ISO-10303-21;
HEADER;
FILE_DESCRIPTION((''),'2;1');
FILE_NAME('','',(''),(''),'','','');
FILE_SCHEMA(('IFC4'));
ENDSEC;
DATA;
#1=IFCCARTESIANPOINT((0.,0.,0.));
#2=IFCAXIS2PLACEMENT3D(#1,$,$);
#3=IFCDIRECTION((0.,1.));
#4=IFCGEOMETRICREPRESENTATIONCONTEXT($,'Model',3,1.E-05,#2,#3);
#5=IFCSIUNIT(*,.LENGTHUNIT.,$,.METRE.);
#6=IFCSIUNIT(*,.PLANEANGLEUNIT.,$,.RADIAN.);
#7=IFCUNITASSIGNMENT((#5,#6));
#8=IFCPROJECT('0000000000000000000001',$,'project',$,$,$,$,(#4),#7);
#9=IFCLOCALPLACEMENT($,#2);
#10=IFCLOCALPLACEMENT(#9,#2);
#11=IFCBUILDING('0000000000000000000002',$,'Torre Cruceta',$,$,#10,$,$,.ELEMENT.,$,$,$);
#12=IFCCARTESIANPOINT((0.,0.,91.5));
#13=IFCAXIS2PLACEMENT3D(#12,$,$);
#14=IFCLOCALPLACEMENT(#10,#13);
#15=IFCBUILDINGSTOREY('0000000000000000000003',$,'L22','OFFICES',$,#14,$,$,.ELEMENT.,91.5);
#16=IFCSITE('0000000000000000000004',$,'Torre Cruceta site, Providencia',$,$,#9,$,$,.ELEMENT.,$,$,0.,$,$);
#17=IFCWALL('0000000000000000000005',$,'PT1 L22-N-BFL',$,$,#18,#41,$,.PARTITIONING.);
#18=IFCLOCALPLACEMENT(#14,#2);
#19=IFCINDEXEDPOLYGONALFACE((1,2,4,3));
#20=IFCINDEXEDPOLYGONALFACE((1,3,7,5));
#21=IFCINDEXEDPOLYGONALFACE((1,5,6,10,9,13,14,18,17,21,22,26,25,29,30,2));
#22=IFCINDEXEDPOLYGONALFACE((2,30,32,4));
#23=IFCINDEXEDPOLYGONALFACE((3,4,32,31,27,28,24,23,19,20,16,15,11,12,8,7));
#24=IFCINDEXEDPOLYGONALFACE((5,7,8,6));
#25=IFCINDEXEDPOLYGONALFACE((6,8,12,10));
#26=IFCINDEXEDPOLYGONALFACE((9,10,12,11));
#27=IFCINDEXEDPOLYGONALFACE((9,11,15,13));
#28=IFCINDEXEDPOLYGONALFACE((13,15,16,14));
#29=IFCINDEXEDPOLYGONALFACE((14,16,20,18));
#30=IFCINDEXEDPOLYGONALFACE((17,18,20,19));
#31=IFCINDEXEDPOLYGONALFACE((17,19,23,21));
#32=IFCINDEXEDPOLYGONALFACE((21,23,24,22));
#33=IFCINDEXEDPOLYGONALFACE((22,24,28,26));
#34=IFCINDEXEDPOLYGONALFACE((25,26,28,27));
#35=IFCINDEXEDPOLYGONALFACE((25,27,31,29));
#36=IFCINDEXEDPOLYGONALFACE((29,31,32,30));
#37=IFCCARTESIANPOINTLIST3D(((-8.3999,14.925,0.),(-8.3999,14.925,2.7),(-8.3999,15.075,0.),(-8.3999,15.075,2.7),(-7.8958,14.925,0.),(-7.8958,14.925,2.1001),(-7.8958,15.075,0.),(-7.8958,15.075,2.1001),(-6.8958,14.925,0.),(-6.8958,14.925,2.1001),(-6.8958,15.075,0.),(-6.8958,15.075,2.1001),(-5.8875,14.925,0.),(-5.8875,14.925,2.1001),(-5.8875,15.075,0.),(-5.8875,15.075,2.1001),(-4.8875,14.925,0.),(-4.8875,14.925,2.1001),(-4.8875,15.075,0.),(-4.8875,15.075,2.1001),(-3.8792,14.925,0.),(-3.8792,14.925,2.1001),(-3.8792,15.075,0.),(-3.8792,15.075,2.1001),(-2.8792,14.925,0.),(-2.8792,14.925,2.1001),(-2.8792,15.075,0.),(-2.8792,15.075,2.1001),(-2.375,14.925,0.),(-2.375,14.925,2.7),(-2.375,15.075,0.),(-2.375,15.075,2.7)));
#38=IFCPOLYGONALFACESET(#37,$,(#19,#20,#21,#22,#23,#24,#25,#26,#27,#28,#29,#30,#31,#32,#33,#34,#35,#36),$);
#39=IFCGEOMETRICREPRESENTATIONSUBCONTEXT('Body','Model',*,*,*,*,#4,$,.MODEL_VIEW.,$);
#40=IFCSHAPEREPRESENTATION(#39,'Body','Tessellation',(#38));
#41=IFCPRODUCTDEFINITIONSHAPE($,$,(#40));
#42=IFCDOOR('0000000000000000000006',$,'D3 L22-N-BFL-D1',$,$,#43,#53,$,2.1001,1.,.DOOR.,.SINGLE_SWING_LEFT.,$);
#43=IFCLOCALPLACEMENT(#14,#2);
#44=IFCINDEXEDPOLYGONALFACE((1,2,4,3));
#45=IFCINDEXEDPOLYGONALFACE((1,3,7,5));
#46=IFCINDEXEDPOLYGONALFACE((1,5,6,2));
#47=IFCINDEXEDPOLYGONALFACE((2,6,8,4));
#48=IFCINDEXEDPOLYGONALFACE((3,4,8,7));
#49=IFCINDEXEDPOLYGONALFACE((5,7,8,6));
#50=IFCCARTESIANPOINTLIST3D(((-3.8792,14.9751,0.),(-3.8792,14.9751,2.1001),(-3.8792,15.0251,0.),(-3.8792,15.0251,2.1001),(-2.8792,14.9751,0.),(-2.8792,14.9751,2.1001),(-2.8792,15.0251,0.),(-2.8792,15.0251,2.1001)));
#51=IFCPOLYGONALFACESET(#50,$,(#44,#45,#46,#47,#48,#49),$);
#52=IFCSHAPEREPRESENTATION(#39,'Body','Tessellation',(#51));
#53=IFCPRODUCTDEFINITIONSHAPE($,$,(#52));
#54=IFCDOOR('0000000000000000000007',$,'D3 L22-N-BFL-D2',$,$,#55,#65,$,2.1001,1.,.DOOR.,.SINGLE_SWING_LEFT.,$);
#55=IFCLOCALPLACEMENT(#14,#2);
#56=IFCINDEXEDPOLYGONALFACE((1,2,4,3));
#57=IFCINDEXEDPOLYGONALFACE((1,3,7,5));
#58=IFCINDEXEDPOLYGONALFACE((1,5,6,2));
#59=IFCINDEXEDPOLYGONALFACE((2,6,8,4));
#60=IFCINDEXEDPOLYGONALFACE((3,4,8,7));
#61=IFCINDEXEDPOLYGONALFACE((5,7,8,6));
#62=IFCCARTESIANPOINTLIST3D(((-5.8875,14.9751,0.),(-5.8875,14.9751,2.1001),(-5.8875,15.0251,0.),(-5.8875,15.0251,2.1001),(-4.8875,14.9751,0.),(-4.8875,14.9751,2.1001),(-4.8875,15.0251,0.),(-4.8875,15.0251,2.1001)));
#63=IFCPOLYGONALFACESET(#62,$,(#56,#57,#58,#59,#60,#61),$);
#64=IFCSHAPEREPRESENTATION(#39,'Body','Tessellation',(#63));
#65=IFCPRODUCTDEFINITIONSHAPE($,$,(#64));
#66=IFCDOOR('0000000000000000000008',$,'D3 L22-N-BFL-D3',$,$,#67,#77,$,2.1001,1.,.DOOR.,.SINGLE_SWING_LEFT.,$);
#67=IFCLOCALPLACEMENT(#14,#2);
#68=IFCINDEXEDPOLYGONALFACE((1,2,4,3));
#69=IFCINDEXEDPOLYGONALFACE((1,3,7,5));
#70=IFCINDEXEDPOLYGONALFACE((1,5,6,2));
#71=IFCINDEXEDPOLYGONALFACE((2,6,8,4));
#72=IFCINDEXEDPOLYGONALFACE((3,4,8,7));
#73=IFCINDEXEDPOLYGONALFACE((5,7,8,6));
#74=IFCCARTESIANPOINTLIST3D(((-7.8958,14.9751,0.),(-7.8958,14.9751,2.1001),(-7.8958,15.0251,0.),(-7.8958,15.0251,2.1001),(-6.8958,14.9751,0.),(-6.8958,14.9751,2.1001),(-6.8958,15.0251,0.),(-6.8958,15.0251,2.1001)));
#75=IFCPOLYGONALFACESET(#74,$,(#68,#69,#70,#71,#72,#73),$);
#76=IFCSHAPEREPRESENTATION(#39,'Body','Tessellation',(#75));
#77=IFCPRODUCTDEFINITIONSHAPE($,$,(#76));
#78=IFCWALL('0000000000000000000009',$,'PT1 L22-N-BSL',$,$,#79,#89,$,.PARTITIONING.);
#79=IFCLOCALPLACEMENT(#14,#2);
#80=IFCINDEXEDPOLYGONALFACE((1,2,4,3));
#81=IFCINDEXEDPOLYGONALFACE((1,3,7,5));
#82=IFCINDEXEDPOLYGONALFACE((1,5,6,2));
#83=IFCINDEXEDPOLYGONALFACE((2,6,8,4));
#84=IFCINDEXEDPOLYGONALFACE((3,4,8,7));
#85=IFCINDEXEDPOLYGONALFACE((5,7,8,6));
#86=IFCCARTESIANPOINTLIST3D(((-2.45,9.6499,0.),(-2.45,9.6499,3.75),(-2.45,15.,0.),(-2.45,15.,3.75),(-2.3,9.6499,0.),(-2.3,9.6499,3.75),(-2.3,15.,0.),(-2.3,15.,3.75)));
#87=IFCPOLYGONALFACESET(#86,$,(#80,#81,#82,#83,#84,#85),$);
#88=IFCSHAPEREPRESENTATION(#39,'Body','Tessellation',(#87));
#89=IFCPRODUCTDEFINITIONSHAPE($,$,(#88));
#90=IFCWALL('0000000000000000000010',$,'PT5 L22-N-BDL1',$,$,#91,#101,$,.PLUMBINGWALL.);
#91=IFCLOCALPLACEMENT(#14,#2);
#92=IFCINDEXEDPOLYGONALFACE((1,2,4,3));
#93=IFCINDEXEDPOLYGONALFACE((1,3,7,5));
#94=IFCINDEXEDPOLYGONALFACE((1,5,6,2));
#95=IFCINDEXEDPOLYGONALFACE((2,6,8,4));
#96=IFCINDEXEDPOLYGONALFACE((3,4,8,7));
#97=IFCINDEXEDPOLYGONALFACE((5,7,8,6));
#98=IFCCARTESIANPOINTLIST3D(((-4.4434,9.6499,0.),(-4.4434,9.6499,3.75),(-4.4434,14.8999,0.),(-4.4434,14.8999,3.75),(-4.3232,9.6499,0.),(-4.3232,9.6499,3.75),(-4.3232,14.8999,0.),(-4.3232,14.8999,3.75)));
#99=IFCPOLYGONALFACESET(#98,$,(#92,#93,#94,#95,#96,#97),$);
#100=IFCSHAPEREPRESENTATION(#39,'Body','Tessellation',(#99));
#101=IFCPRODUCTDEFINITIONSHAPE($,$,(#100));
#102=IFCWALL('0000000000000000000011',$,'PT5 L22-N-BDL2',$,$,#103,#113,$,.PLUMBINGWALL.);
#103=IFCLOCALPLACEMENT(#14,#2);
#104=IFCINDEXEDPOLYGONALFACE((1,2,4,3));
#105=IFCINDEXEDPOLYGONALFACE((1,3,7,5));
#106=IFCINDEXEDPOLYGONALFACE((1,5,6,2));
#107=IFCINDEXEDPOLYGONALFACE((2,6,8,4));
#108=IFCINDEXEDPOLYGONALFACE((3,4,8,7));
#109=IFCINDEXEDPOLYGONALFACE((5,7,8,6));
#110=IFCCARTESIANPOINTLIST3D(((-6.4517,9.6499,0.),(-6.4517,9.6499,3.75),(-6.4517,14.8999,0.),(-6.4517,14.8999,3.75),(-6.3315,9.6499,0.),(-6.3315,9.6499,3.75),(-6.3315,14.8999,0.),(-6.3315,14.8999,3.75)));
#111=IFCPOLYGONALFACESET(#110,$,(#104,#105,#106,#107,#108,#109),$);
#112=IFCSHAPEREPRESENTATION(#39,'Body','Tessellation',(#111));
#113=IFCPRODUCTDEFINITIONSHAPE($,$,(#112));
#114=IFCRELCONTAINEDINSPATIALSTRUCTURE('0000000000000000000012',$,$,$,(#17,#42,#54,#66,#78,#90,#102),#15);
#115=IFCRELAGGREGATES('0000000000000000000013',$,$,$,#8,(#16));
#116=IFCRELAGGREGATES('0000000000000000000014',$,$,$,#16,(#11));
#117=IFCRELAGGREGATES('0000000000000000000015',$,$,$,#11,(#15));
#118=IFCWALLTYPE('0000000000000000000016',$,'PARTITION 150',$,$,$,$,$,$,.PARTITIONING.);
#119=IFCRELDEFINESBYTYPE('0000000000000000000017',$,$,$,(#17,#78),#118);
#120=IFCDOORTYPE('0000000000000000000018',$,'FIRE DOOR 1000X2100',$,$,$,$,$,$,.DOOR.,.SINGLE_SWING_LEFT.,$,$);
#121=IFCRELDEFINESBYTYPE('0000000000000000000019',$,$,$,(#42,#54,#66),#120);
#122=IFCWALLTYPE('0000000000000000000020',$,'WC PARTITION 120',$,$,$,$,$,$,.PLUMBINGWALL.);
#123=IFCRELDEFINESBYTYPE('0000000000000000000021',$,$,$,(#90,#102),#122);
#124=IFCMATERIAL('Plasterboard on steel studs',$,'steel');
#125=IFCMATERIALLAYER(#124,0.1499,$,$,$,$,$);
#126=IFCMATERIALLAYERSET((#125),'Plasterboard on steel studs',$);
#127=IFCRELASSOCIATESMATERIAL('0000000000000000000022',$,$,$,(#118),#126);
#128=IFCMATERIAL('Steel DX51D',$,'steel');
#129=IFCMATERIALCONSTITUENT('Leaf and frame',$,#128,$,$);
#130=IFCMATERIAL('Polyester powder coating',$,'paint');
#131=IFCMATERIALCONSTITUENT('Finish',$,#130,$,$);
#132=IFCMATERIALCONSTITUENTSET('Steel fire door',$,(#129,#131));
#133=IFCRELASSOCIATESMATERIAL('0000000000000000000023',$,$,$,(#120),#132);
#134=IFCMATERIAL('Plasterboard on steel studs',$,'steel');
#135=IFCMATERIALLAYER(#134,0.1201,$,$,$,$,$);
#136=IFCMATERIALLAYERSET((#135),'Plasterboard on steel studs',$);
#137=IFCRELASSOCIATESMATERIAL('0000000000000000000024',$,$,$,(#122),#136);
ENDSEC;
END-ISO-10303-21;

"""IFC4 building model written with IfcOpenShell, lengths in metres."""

from ifc_helpers import new_model, si_unit, direction, frame, frame_2d, origin, place, context, subcontext, project, spatial, rectangle, extrude, material, layer, layer_set, constituent, constituent_set, type_object, element, fill, save


model = new_model("IFC4")

# Units and contexts
model_context = context("Model", 3, precision=1e-05, world=origin(), true_north=direction((0.0, 1.0)))
body_context = subcontext(model_context, "Body", "Model", "MODEL_VIEW")
ifc_project = project(units=[si_unit("LENGTHUNIT", "METRE"), si_unit("PLANEANGLEUNIT", "RADIAN")], contexts=[model_context])

# Site, building, storey
site_placement = place(None, origin())
site = spatial("IfcSite", under=ifc_project, at=site_placement, Name="Torre Cruceta site, Providencia", CompositionType="ELEMENT", RefElevation=0.0)
building_placement = place(site_placement, origin())
building = spatial("IfcBuilding", under=site, at=building_placement, Name="Torre Cruceta", CompositionType="ELEMENT")
storey_placement = place(building_placement, frame((0.0, 0.0, 91.5)))
storey = spatial("IfcBuildingStorey", under=building, at=storey_placement, Name="L22", Description="OFFICES", CompositionType="ELEMENT", Elevation=91.5)

# Wall, openings, doors
ifc_material_1 = material(Name="Plasterboard on steel studs", Category="steel")
ifc_layer_1 = layer(ifc_material_1, 0.1499)
ifc_layer_set_1 = layer_set([ifc_layer_1], Name="Plasterboard on steel studs")
wall_type_1 = type_object("IfcWallType", Name="PARTITION 150", PredefinedType="PARTITIONING", material=ifc_layer_set_1)
wall_1_placement = place(storey_placement, frame((-2.375, 15.0, 0.0), z_axis=(0.0, 0.0, 1.0), x_axis=(-1.0, 0.0, 0.0)))
wall_1 = element("IfcWall", 1, at=wall_1_placement, inside=storey, type_object=wall_type_1, Name="PT1 L22-N-BFL", PredefinedType="PARTITIONING", context=body_context, shape_type="SweptSolid", body=[
    extrude(rectangle(XDim=6.0249, YDim=0.1499, at=frame_2d((3.0125, 0.0))), origin(), (0.0, 0.0, 1.0), 2.7),
])
opening_1_placement = place(wall_1_placement, frame((0.5042, 0.0, 0.0)))
opening_1 = element("IfcOpeningElement", 2, at=opening_1_placement, cuts=wall_1, PredefinedType="OPENING", context=body_context, shape_type="SweptSolid", body=[
    extrude(rectangle(XDim=1.0, YDim=2.1001, at=frame_2d((0.5, 1.05))), frame((0.0, 0.085, 0.0), z_axis=(0.0, -1.0, 0.0), x_axis=(1.0, 0.0, 0.0)), (0.0, 0.0, 1.0), 0.1699),
])
opening_2_placement = place(wall_1_placement, frame((2.5125, 0.0, 0.0)))
opening_2 = element("IfcOpeningElement", 3, at=opening_2_placement, cuts=wall_1, PredefinedType="OPENING", context=body_context, shape_type="SweptSolid", body=[
    extrude(rectangle(XDim=1.0, YDim=2.1001, at=frame_2d((0.5, 1.05))), frame((0.0, 0.085, 0.0), z_axis=(0.0, -1.0, 0.0), x_axis=(1.0, 0.0, 0.0)), (0.0, 0.0, 1.0), 0.1699),
])
opening_3_placement = place(wall_1_placement, frame((4.5208, 0.0, 0.0)))
opening_3 = element("IfcOpeningElement", 4, at=opening_3_placement, cuts=wall_1, PredefinedType="OPENING", context=body_context, shape_type="SweptSolid", body=[
    extrude(rectangle(XDim=1.0, YDim=2.1001, at=frame_2d((0.5, 1.05))), frame((0.0, 0.085, 0.0), z_axis=(0.0, -1.0, 0.0), x_axis=(1.0, 0.0, 0.0)), (0.0, 0.0, 1.0), 0.1699),
])
ifc_material_2 = material(Name="Steel DX51D", Category="steel")
ifc_constituent_1 = constituent(ifc_material_2, Name="Leaf and frame")
ifc_material_3 = material(Name="Polyester powder coating", Category="paint")
ifc_constituent_2 = constituent(ifc_material_3, Name="Finish")
ifc_constituent_set_1 = constituent_set(constituents=[ifc_constituent_1, ifc_constituent_2], Name="Steel fire door")
door_type = type_object("IfcDoorType", Name="FIRE DOOR 1000X2100", OperationType="SINGLE_SWING_LEFT", PredefinedType="DOOR", material=ifc_constituent_set_1)
door_1_placement = place(opening_1_placement, origin())
door_1 = element("IfcDoor", 5, at=door_1_placement, inside=storey, type_object=door_type, Name="D3 L22-N-BFL-D1", OperationType="SINGLE_SWING_LEFT", OverallHeight=2.1001, OverallWidth=1.0, PredefinedType="DOOR", context=body_context, shape_type="SweptSolid", body=[
    extrude(rectangle(XDim=1.0, YDim=2.1001, at=frame_2d((0.5, 1.05))), frame((0.0, 0.0249, 0.0), z_axis=(0.0, -1.0, 0.0), x_axis=(1.0, 0.0, 0.0)), (0.0, 0.0, 1.0), 0.05),
])
fill(opening_1, door_1)
door_2_placement = place(opening_2_placement, origin())
door_2 = element("IfcDoor", 6, at=door_2_placement, inside=storey, type_object=door_type, Name="D3 L22-N-BFL-D2", OperationType="SINGLE_SWING_LEFT", OverallHeight=2.1001, OverallWidth=1.0, PredefinedType="DOOR", context=body_context, shape_type="SweptSolid", body=[
    extrude(rectangle(XDim=1.0, YDim=2.1001, at=frame_2d((0.5, 1.05))), frame((0.0, 0.0249, 0.0), z_axis=(0.0, -1.0, 0.0), x_axis=(1.0, 0.0, 0.0)), (0.0, 0.0, 1.0), 0.05),
])
fill(opening_2, door_2)
door_3_placement = place(opening_3_placement, origin())
door_3 = element("IfcDoor", 7, at=door_3_placement, inside=storey, type_object=door_type, Name="D3 L22-N-BFL-D3", OperationType="SINGLE_SWING_LEFT", OverallHeight=2.1001, OverallWidth=1.0, PredefinedType="DOOR", context=body_context, shape_type="SweptSolid", body=[
    extrude(rectangle(XDim=1.0, YDim=2.1001, at=frame_2d((0.5, 1.05))), frame((0.0, 0.0249, 0.0), z_axis=(0.0, -1.0, 0.0), x_axis=(1.0, 0.0, 0.0)), (0.0, 0.0, 1.0), 0.05),
])
fill(opening_3, door_3)

# Walls
wall_2_placement = place(storey_placement, frame((-2.375, 9.6499, 0.0), z_axis=(0.0, 0.0, 1.0), x_axis=(0.0, 1.0, 0.0)))
element("IfcWall", 8, at=wall_2_placement, inside=storey, type_object=wall_type_1, Name="PT1 L22-N-BSL", PredefinedType="PARTITIONING", context=body_context, shape_type="SweptSolid", body=[
    extrude(rectangle(XDim=5.3501, YDim=0.1499, at=frame_2d((2.675, 0.0))), origin(), (0.0, 0.0, 1.0), 3.75),
])
ifc_material_4 = material(Name="Plasterboard on steel studs", Category="steel")
ifc_layer_2 = layer(ifc_material_4, 0.1201)
ifc_layer_set_2 = layer_set([ifc_layer_2], Name="Plasterboard on steel studs")
wall_type_2 = type_object("IfcWallType", Name="WC PARTITION 120", PredefinedType="PLUMBINGWALL", material=ifc_layer_set_2)
for number, where, z_axis, x_axis, name in (
    (9, (-4.3833, 9.6499, 0.0), (0.0, 0.0, 1.0), (0.0, 1.0, 0.0), "PT5 L22-N-BDL1"),
    (10, (-6.3916, 9.6499, 0.0), (0.0, 0.0, 1.0), (0.0, 1.0, 0.0), "PT5 L22-N-BDL2"),
):
    element("IfcWall", number, at=place(storey_placement, frame(where, z_axis=z_axis, x_axis=x_axis)), inside=storey, type_object=wall_type_2, Name=name, PredefinedType="PLUMBINGWALL", context=body_context, shape_type="SweptSolid", body=[
        extrude(rectangle(XDim=5.25, YDim=0.1201, at=frame_2d((2.625, 0.0))), origin(), (0.0, 0.0, 1.0), 3.75),
    ])

save(model, "model.ifc")
